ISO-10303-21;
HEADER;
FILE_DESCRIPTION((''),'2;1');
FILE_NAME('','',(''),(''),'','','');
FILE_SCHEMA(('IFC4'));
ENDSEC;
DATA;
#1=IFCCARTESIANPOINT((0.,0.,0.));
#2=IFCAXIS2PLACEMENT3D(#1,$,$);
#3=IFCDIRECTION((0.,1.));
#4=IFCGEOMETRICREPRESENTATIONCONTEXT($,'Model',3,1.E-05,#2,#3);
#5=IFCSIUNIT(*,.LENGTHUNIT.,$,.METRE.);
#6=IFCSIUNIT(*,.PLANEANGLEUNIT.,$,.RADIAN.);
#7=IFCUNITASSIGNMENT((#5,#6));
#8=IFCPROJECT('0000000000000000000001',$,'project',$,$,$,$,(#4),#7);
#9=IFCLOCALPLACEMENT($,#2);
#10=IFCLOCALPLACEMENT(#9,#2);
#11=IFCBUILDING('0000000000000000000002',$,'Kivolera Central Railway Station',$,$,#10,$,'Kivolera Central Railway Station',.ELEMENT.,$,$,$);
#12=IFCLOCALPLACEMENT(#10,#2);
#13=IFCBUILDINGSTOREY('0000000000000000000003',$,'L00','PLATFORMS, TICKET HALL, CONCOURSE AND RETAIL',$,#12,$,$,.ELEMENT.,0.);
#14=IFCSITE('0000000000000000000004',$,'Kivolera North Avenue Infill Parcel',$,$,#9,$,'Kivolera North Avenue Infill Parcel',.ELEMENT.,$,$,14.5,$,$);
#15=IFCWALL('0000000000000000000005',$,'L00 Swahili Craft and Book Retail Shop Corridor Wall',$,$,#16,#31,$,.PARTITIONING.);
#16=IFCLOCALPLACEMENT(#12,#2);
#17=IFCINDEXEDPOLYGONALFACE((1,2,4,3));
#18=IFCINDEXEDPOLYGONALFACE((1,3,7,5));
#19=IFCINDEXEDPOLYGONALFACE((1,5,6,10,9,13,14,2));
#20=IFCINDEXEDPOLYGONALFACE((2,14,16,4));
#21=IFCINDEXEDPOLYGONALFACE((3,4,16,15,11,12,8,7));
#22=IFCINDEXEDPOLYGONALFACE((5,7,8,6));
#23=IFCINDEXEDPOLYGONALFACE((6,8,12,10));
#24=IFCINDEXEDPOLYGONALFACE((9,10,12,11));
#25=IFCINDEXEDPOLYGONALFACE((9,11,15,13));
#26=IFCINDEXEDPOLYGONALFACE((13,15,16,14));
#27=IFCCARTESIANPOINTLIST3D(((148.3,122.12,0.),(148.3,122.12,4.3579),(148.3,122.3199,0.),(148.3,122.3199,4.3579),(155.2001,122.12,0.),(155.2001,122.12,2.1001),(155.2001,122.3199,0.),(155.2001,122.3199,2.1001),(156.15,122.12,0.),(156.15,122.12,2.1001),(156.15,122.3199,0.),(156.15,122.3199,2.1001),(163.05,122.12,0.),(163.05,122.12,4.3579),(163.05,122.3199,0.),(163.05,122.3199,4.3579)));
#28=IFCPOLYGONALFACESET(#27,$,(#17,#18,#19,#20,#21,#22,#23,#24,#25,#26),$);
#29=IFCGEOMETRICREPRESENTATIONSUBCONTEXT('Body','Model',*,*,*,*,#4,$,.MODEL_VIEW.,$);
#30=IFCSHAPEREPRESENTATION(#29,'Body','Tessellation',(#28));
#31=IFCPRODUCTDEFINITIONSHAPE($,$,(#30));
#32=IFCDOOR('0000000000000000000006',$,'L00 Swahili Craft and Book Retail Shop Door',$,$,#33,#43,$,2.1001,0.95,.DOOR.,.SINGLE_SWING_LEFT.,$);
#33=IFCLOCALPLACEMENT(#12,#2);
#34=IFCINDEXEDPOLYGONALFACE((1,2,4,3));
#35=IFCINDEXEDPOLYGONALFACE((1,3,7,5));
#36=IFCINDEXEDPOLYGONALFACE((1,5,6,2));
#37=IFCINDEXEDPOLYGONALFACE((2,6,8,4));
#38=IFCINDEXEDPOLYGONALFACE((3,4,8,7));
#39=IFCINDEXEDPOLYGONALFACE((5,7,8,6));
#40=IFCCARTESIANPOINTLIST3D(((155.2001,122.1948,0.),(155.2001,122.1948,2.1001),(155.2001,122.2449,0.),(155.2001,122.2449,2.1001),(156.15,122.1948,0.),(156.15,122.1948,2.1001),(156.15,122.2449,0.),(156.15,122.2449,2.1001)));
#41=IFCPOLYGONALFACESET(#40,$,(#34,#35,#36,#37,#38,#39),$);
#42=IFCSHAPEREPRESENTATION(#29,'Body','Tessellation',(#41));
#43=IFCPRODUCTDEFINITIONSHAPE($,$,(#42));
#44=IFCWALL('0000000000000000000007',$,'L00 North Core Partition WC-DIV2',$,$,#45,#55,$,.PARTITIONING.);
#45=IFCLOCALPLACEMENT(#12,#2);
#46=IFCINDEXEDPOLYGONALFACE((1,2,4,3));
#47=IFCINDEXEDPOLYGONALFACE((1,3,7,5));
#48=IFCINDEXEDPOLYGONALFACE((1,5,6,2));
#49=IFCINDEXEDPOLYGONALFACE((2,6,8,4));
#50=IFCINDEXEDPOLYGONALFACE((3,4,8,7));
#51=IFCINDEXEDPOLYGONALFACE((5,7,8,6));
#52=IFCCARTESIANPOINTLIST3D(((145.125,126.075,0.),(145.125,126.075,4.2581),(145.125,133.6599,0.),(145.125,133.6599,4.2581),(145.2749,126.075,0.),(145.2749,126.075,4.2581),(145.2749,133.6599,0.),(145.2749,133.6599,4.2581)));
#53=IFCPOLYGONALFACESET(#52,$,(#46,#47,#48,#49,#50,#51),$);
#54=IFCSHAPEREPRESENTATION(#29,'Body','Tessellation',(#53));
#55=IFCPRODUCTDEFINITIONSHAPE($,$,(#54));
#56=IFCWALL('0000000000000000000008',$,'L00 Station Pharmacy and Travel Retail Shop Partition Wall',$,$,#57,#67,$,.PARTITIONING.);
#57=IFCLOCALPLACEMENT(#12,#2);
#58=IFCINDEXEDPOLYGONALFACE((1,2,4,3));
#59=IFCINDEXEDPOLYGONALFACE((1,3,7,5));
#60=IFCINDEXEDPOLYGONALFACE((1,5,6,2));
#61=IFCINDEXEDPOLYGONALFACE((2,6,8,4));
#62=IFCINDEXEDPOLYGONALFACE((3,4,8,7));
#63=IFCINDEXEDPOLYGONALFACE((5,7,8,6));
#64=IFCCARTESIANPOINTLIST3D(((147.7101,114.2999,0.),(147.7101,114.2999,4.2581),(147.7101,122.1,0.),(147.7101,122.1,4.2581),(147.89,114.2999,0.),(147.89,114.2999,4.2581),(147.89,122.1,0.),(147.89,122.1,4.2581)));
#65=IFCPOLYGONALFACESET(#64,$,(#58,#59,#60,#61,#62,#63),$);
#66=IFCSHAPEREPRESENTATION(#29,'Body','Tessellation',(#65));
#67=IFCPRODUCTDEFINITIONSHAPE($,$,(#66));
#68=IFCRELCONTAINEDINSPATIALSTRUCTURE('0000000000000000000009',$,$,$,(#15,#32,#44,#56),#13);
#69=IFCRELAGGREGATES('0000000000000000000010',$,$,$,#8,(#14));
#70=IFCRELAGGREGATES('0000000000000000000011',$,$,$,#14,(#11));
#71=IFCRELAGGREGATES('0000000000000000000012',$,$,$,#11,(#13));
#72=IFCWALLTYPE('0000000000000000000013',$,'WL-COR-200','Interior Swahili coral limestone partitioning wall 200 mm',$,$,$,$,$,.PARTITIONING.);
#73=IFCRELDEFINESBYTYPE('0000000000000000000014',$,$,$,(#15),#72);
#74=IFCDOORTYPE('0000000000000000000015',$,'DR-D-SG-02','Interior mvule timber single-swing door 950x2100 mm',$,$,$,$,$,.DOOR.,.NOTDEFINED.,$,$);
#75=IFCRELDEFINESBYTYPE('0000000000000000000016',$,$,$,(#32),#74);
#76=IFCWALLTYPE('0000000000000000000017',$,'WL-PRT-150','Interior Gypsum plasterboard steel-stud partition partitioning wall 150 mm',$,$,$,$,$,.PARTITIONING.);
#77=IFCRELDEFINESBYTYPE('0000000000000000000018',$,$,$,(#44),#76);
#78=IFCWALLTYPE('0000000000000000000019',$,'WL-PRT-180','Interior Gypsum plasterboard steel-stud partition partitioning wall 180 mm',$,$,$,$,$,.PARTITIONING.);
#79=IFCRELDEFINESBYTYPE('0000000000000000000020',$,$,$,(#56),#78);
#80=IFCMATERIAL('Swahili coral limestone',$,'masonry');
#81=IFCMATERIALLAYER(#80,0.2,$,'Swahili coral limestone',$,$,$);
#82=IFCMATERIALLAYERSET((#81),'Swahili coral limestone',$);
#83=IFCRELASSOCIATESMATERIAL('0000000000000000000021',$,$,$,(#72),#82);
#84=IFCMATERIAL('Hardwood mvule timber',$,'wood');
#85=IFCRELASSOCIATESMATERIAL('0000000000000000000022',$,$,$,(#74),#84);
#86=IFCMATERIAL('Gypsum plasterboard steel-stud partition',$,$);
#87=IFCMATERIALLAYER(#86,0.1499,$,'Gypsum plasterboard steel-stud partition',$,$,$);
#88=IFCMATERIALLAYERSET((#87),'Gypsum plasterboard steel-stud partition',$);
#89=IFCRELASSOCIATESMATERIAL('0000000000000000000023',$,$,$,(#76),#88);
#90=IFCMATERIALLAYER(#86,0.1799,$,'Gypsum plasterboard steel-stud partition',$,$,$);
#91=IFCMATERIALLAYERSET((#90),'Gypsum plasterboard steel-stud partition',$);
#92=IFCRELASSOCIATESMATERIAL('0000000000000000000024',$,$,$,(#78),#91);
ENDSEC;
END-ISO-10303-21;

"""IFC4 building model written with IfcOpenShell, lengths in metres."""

from ifc_helpers import new_model, si_unit, direction, frame, frame_2d, origin, place, context, subcontext, project, spatial, rectangle, extrude, material, layer, layer_set, type_object, element, fill, save


model = new_model("IFC4")

# Units and contexts
model_context = context("Model", 3, precision=1e-05, world=origin(), true_north=direction((0.0, 1.0)))
body_context = subcontext(model_context, "Body", "Model", "MODEL_VIEW")
ifc_project = project(units=[si_unit("LENGTHUNIT", "METRE"), si_unit("PLANEANGLEUNIT", "RADIAN")], contexts=[model_context])

# Site, building, storey
site_placement = place(None, origin())
site = spatial("IfcSite", under=ifc_project, at=site_placement, Name="Kivolera North Avenue Infill Parcel", LongName="Kivolera North Avenue Infill Parcel", CompositionType="ELEMENT", RefElevation=14.5)
building_placement = place(site_placement, origin())
building = spatial("IfcBuilding", under=site, at=building_placement, Name="Kivolera Central Railway Station", LongName="Kivolera Central Railway Station", CompositionType="ELEMENT")
storey_placement = place(building_placement, origin())
storey = spatial("IfcBuildingStorey", under=building, at=storey_placement, Name="L00", Description="PLATFORMS, TICKET HALL, CONCOURSE AND RETAIL", CompositionType="ELEMENT", Elevation=0.0)

# Wall, opening, door
ifc_material_1 = material(Name="Swahili coral limestone", Category="masonry")
ifc_layer_1 = layer(ifc_material_1, 0.2, Name="Swahili coral limestone")
ifc_layer_set_1 = layer_set([ifc_layer_1], Name="Swahili coral limestone")
wall_type_1 = type_object("IfcWallType", Name="WL-COR-200", Description="Interior Swahili coral limestone partitioning wall 200 mm", PredefinedType="PARTITIONING", material=ifc_layer_set_1)
wall_1_placement = place(storey_placement, frame((148.3, 122.22, 0.0), z_axis=(0.0, 0.0, 1.0), x_axis=(1.0, 0.0, 0.0)))
wall_1 = element("IfcWall", 1, at=wall_1_placement, inside=storey, type_object=wall_type_1, Name="L00 Swahili Craft and Book Retail Shop Corridor Wall", PredefinedType="PARTITIONING", context=body_context, shape_type="SweptSolid", body=[
    extrude(rectangle(XDim=14.75, YDim=0.2, at=frame_2d((7.375, 0.0))), origin(), (0.0, 0.0, 1.0), 4.3579),
])
opening_placement = place(wall_1_placement, frame((6.8999, 0.0, 0.0)))
opening = element("IfcOpeningElement", 2, at=opening_placement, cuts=wall_1, PredefinedType="OPENING", context=body_context, shape_type="SweptSolid", body=[
    extrude(rectangle(XDim=0.95, YDim=2.1001, at=frame_2d((0.4751, 1.05))), frame((0.0, 0.1099, 0.0), z_axis=(0.0, -1.0, 0.0), x_axis=(1.0, 0.0, 0.0)), (0.0, 0.0, 1.0), 0.22),
])
ifc_material_2 = material(Name="Hardwood mvule timber", Category="wood")
door_type = type_object("IfcDoorType", Name="DR-D-SG-02", Description="Interior mvule timber single-swing door 950x2100 mm", OperationType="NOTDEFINED", PredefinedType="DOOR", material=ifc_material_2)
door_placement = place(opening_placement, origin())
door = element("IfcDoor", 3, at=door_placement, inside=storey, type_object=door_type, Name="L00 Swahili Craft and Book Retail Shop Door", OperationType="SINGLE_SWING_LEFT", OverallHeight=2.1001, OverallWidth=0.95, PredefinedType="DOOR", context=body_context, shape_type="SweptSolid", body=[
    extrude(rectangle(XDim=0.95, YDim=2.1001, at=frame_2d((0.4751, 1.05))), frame((0.0, 0.0249, 0.0), z_axis=(0.0, -1.0, 0.0), x_axis=(1.0, 0.0, 0.0)), (0.0, 0.0, 1.0), 0.05),
])
fill(opening, door)

# Walls
ifc_material_3 = material(Name="Gypsum plasterboard steel-stud partition")
ifc_layer_2 = layer(ifc_material_3, 0.1499, Name="Gypsum plasterboard steel-stud partition")
ifc_layer_set_2 = layer_set([ifc_layer_2], Name="Gypsum plasterboard steel-stud partition")
wall_type_2 = type_object("IfcWallType", Name="WL-PRT-150", Description="Interior Gypsum plasterboard steel-stud partition partitioning wall 150 mm", PredefinedType="PARTITIONING", material=ifc_layer_set_2)
wall_2_placement = place(storey_placement, frame((145.2, 126.075, 0.0), z_axis=(0.0, 0.0, 1.0), x_axis=(0.0, 1.0, 0.0)))
element("IfcWall", 4, at=wall_2_placement, inside=storey, type_object=wall_type_2, Name="L00 North Core Partition WC-DIV2", PredefinedType="PARTITIONING", context=body_context, shape_type="SweptSolid", body=[
    extrude(rectangle(XDim=7.585, YDim=0.1499, at=frame_2d((3.7925, 0.0))), origin(), (0.0, 0.0, 1.0), 4.2581),
])
ifc_layer_3 = layer(ifc_material_3, 0.1799, Name="Gypsum plasterboard steel-stud partition")
ifc_layer_set_3 = layer_set([ifc_layer_3], Name="Gypsum plasterboard steel-stud partition")
wall_type_3 = type_object("IfcWallType", Name="WL-PRT-180", Description="Interior Gypsum plasterboard steel-stud partition partitioning wall 180 mm", PredefinedType="PARTITIONING", material=ifc_layer_set_3)
wall_3_placement = place(storey_placement, frame((147.8, 114.3, 0.0), z_axis=(0.0, 0.0, 1.0), x_axis=(0.0, 1.0, 0.0)))
element("IfcWall", 5, at=wall_3_placement, inside=storey, type_object=wall_type_3, Name="L00 Station Pharmacy and Travel Retail Shop Partition Wall", PredefinedType="PARTITIONING", context=body_context, shape_type="SweptSolid", body=[
    extrude(rectangle(XDim=7.8, YDim=0.1799, at=frame_2d((3.8999, 0.0))), origin(), (0.0, 0.0, 1.0), 4.2581),
])

save(model, "model.ifc")
